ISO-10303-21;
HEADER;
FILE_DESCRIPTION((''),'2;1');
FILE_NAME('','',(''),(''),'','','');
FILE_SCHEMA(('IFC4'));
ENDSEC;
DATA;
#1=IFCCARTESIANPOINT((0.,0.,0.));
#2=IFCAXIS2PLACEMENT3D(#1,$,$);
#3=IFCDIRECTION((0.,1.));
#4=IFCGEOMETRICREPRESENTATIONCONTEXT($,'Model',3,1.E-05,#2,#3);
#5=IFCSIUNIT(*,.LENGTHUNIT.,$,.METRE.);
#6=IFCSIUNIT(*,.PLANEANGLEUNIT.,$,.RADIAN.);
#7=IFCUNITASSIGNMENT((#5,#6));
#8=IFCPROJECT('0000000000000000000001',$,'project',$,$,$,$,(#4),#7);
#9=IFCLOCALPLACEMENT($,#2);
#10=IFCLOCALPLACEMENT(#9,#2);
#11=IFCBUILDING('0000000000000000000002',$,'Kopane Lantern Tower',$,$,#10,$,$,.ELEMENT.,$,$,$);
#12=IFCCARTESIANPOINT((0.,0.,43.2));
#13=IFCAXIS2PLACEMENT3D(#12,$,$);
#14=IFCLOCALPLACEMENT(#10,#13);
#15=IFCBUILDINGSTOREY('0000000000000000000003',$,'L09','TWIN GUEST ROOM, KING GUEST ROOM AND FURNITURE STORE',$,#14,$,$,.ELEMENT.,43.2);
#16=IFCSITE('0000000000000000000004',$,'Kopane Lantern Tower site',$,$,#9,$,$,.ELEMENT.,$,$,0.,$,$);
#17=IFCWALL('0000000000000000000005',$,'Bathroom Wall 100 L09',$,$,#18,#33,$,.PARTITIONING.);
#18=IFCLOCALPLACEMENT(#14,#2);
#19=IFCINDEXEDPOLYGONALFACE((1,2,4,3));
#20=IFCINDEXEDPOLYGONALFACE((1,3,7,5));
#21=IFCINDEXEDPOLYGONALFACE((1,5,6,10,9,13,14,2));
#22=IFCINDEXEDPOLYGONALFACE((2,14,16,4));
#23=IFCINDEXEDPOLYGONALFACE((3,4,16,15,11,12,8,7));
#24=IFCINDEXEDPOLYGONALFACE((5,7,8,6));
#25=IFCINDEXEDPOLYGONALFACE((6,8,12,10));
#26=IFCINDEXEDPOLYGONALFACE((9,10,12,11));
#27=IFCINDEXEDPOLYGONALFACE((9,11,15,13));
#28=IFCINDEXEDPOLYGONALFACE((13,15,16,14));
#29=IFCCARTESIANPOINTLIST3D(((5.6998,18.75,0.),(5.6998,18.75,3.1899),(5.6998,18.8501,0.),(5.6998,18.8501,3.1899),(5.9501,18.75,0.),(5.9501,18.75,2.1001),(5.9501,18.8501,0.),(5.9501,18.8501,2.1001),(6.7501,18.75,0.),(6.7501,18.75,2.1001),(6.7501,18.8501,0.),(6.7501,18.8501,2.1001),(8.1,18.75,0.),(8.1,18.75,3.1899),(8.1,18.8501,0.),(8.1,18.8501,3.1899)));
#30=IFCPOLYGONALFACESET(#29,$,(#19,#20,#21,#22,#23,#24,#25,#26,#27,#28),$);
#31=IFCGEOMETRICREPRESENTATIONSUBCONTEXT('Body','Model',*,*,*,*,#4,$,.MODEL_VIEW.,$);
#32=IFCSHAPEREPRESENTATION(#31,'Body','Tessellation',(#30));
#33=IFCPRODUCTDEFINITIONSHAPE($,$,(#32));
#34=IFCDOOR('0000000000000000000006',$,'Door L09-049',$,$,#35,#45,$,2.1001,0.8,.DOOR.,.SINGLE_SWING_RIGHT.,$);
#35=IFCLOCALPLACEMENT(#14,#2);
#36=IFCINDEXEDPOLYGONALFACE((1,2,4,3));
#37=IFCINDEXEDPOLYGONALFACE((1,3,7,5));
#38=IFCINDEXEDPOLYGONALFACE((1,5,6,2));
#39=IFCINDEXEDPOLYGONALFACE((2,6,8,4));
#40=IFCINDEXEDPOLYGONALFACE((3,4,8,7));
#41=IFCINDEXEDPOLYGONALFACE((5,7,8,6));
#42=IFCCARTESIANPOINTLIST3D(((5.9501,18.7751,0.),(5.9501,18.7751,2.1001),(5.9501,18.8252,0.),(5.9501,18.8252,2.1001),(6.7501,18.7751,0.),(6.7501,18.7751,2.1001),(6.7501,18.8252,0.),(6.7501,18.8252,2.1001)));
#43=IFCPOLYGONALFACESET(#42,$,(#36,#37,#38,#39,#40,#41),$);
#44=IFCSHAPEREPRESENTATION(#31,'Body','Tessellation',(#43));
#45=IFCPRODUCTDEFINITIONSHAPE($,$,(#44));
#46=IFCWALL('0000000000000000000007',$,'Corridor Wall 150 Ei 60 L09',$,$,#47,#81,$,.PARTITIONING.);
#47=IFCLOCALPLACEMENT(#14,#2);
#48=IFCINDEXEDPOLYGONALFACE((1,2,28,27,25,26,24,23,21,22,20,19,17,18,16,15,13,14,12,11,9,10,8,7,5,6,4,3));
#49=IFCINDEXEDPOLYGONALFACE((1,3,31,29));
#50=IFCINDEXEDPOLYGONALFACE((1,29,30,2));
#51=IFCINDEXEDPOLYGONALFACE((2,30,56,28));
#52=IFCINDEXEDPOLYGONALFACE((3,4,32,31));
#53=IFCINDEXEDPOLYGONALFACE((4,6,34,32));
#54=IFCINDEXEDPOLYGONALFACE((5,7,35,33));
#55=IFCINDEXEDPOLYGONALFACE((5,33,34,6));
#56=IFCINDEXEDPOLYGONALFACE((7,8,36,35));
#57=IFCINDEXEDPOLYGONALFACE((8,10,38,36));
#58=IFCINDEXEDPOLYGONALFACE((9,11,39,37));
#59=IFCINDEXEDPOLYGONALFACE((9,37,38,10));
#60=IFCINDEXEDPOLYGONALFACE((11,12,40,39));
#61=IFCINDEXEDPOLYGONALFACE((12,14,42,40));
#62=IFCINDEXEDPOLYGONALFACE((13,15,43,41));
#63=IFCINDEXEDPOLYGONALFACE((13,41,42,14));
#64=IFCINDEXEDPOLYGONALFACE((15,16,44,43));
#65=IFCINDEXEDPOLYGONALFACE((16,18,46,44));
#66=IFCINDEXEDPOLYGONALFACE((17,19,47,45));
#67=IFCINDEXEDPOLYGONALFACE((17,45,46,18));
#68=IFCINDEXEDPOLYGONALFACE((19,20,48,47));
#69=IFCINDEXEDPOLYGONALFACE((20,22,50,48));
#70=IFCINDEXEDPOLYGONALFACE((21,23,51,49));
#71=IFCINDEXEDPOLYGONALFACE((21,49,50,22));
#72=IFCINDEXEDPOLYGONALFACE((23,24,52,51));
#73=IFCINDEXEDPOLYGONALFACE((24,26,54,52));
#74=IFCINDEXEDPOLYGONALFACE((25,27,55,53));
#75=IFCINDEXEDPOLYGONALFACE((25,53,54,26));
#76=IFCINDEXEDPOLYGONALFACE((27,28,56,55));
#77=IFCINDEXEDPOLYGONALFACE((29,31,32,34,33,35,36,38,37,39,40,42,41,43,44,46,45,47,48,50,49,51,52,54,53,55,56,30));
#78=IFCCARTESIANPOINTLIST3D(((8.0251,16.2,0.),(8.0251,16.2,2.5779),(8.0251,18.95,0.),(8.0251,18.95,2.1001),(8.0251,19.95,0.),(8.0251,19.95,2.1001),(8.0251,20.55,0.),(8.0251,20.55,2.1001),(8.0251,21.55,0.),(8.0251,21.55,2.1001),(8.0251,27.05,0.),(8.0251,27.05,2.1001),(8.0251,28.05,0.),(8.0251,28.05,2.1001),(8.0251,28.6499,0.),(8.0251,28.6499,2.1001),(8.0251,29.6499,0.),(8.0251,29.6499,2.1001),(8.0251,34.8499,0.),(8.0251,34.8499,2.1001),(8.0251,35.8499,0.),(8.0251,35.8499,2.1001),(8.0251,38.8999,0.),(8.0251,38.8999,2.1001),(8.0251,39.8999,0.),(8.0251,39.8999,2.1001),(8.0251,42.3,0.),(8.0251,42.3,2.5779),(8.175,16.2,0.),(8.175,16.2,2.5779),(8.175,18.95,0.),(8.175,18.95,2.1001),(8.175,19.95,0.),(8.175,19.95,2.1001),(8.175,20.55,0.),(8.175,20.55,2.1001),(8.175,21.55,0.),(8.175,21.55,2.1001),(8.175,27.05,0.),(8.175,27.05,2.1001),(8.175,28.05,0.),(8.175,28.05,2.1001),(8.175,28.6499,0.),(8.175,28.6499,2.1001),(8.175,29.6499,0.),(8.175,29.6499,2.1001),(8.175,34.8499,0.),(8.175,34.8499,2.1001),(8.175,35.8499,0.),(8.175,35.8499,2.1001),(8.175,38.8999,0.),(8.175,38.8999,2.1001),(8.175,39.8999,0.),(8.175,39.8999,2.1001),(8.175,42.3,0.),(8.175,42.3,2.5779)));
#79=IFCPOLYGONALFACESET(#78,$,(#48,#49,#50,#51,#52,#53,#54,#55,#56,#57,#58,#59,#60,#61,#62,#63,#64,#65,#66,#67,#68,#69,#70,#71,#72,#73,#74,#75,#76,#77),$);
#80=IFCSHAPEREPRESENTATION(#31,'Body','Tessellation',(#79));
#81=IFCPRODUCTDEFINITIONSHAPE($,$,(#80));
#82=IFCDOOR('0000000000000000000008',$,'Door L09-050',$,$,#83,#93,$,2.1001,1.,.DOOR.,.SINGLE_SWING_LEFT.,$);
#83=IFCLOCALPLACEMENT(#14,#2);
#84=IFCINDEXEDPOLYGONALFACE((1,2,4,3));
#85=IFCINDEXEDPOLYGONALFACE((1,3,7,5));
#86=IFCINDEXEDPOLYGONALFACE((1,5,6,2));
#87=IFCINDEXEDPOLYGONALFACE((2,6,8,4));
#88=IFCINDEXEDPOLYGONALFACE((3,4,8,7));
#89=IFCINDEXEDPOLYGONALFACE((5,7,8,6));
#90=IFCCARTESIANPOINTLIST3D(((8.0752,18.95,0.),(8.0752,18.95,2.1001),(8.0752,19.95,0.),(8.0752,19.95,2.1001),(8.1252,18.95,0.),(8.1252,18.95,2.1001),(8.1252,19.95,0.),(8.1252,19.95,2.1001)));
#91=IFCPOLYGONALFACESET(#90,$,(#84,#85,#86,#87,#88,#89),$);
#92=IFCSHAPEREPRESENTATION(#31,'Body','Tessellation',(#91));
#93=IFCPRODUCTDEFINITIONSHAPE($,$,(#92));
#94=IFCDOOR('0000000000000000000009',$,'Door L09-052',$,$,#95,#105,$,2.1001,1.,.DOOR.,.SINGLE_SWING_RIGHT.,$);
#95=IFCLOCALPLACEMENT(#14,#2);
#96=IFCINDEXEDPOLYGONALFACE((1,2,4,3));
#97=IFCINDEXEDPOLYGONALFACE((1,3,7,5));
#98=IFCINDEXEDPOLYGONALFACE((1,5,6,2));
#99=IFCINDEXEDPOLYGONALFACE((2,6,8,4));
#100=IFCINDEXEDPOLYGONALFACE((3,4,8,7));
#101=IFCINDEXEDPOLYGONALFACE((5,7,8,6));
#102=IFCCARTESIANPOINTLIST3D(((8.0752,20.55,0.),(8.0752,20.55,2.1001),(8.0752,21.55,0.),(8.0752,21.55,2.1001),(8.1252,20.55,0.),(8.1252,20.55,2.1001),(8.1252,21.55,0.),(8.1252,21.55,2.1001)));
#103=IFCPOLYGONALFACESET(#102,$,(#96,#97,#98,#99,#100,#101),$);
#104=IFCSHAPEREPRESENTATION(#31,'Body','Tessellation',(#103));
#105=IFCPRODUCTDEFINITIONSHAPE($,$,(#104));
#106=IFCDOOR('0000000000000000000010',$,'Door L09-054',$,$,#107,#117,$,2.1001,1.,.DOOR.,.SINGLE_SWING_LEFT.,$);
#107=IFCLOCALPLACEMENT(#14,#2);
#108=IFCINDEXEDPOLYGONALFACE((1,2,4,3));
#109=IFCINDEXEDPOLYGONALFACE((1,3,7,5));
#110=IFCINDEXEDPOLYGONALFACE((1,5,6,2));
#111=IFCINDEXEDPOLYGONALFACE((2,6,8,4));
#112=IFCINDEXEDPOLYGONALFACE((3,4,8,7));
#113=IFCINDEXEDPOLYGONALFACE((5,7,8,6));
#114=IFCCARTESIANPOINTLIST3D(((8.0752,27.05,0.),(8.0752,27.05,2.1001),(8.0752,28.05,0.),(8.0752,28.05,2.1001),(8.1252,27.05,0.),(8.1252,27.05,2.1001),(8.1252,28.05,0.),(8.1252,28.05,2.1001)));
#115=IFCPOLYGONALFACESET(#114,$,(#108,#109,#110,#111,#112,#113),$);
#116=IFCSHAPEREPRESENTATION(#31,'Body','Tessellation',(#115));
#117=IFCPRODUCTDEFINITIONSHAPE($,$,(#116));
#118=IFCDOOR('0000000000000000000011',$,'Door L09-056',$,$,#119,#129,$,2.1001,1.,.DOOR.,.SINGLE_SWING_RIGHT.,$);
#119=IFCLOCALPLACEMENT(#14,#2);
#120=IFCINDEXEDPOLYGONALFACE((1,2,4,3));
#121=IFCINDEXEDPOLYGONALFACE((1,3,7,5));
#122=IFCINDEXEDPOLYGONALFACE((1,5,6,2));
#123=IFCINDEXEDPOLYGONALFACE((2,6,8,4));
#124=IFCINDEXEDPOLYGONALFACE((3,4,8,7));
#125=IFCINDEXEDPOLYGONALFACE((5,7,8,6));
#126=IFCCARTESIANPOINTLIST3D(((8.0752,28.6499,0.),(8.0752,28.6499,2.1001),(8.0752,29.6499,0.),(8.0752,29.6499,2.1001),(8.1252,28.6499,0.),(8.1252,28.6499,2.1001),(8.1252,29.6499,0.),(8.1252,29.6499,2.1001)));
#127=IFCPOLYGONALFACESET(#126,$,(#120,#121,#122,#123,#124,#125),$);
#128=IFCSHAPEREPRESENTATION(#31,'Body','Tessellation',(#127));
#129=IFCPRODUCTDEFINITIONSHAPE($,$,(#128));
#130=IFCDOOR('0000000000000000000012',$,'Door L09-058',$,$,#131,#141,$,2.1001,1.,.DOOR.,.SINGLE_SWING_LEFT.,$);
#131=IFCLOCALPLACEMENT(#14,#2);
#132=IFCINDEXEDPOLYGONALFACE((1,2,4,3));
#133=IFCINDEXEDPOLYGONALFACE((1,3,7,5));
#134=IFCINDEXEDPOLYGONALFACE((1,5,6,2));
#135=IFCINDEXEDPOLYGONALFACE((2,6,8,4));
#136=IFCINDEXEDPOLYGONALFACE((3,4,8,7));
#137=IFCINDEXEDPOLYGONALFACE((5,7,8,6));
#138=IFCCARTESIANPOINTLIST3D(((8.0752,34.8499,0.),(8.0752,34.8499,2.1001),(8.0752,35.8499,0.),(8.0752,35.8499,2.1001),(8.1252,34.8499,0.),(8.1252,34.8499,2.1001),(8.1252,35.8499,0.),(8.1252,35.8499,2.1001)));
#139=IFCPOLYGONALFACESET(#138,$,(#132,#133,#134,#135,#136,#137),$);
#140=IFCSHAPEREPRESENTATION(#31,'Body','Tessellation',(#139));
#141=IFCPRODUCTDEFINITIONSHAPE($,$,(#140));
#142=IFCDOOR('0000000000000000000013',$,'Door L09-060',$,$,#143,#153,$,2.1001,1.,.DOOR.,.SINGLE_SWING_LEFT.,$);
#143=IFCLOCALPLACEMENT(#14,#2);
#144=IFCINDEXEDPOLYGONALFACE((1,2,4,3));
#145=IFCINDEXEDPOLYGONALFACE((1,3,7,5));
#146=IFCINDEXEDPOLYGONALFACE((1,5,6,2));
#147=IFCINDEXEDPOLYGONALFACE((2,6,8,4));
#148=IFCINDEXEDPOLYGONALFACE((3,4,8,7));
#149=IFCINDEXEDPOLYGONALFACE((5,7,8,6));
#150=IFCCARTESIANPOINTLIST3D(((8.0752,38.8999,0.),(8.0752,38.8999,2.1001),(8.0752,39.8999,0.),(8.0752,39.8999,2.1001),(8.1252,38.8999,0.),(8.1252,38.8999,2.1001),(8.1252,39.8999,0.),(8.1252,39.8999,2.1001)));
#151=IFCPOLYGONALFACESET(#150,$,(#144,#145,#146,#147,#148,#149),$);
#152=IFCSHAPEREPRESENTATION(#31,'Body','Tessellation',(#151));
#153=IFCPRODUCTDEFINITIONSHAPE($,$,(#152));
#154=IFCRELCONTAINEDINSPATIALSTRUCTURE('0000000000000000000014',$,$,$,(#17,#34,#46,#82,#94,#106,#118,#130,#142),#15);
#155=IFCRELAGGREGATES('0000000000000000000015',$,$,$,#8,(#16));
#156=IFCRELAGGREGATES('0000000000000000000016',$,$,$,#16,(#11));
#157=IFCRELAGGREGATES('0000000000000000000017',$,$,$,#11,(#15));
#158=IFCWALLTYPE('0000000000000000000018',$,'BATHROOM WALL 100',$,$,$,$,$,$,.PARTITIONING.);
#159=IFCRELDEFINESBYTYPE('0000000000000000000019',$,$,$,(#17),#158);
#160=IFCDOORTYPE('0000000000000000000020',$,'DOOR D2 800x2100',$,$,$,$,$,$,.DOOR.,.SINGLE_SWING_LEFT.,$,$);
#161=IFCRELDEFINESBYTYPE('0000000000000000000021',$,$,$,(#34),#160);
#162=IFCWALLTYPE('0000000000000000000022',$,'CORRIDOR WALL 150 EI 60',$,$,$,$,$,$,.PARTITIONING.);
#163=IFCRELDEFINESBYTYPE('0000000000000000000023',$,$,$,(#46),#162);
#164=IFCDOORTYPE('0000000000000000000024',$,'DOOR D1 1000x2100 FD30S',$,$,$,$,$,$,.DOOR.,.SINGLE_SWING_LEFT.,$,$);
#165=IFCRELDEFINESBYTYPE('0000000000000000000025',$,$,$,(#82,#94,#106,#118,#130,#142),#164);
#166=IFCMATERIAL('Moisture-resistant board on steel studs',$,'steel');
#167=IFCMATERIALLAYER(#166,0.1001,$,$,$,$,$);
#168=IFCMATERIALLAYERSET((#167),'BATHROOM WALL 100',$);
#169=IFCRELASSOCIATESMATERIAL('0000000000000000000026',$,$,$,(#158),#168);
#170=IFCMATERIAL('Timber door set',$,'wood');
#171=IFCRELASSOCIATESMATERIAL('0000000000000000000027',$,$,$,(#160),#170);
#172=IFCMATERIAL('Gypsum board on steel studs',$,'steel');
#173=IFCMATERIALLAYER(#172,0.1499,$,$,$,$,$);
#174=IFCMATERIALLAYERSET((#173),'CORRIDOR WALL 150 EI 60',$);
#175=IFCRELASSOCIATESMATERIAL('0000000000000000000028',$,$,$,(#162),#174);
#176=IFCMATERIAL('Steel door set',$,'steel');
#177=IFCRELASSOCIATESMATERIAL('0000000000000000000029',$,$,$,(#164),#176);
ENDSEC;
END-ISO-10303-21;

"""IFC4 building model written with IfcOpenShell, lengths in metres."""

from ifc_helpers import new_model, si_unit, direction, frame, frame_2d, origin, place, context, subcontext, project, spatial, rectangle, extrude, material, layer, layer_set, type_object, element, fill, save


model = new_model("IFC4")

# Units and contexts
model_context = context("Model", 3, precision=1e-05, world=origin(), true_north=direction((0.0, 1.0)))
body_context = subcontext(model_context, "Body", "Model", "MODEL_VIEW")
ifc_project = project(units=[si_unit("LENGTHUNIT", "METRE"), si_unit("PLANEANGLEUNIT", "RADIAN")], contexts=[model_context])

# Site, building, storey
site_placement = place(None, origin())
site = spatial("IfcSite", under=ifc_project, at=site_placement, Name="Kopane Lantern Tower site", CompositionType="ELEMENT", RefElevation=0.0)
building_placement = place(site_placement, origin())
building = spatial("IfcBuilding", under=site, at=building_placement, Name="Kopane Lantern Tower", CompositionType="ELEMENT")
storey_placement = place(building_placement, frame((0.0, 0.0, 43.2)))
storey = spatial("IfcBuildingStorey", under=building, at=storey_placement, Name="L09", Description="TWIN GUEST ROOM, KING GUEST ROOM AND FURNITURE STORE", CompositionType="ELEMENT", Elevation=43.2)

# Wall, opening, door
ifc_material_1 = material(Name="Moisture-resistant board on steel studs", Category="steel")
ifc_layer_1 = layer(ifc_material_1, 0.1001)
ifc_layer_set_1 = layer_set([ifc_layer_1], Name="BATHROOM WALL 100")
wall_type_1 = type_object("IfcWallType", Name="BATHROOM WALL 100", PredefinedType="PARTITIONING", material=ifc_layer_set_1)
wall_1_placement = place(storey_placement, frame((8.1001, 18.8, 0.0), z_axis=(0.0, 0.0, 1.0), x_axis=(-1.0, 0.0, 0.0)))
wall_1 = element("IfcWall", 1, at=wall_1_placement, inside=storey, type_object=wall_type_1, Name="Bathroom Wall 100 L09", PredefinedType="PARTITIONING", context=body_context, shape_type="SweptSolid", body=[
    extrude(rectangle(XDim=2.4001, YDim=0.1001, at=frame_2d((1.2002, 0.0))), origin(), (0.0, 0.0, 1.0), 3.1899),
])
opening_1_placement = place(wall_1_placement, frame((1.3501, 0.0, 0.0)))
opening_1 = element("IfcOpeningElement", 2, at=opening_1_placement, cuts=wall_1, PredefinedType="OPENING", context=body_context, shape_type="SweptSolid", body=[
    extrude(rectangle(XDim=0.8, YDim=2.1001, at=frame_2d((0.3999, 1.05))), frame((0.0, 0.0601, 0.0), z_axis=(0.0, -1.0, 0.0), x_axis=(1.0, 0.0, 0.0)), (0.0, 0.0, 1.0), 0.1201),
])
ifc_material_2 = material(Name="Timber door set", Category="wood")
door_type_1 = type_object("IfcDoorType", Name="DOOR D2 800x2100", OperationType="SINGLE_SWING_LEFT", PredefinedType="DOOR", material=ifc_material_2)
door_1_placement = place(opening_1_placement, origin())
door_1 = element("IfcDoor", 3, at=door_1_placement, inside=storey, type_object=door_type_1, Name="Door L09-049", OperationType="SINGLE_SWING_RIGHT", OverallHeight=2.1001, OverallWidth=0.8, PredefinedType="DOOR", context=body_context, shape_type="SweptSolid", body=[
    extrude(rectangle(XDim=0.8, YDim=2.1001, at=frame_2d((0.3999, 1.05))), frame((0.0, 0.0249, 0.0), z_axis=(0.0, -1.0, 0.0), x_axis=(1.0, 0.0, 0.0)), (0.0, 0.0, 1.0), 0.05),
])
fill(opening_1, door_1)

# Wall, openings, doors
ifc_material_3 = material(Name="Gypsum board on steel studs", Category="steel")
ifc_layer_2 = layer(ifc_material_3, 0.1499)
ifc_layer_set_2 = layer_set([ifc_layer_2], Name="CORRIDOR WALL 150 EI 60")
wall_type_2 = type_object("IfcWallType", Name="CORRIDOR WALL 150 EI 60", PredefinedType="PARTITIONING", material=ifc_layer_set_2)
ifc_material_4 = material(Name="Steel door set", Category="steel")
door_type_2 = type_object("IfcDoorType", Name="DOOR D1 1000x2100 FD30S", OperationType="SINGLE_SWING_LEFT", PredefinedType="DOOR", material=ifc_material_4)
wall_2_placement = place(storey_placement, frame((8.1001, 16.2, 0.0), z_axis=(0.0, 0.0, 1.0), x_axis=(0.0, 1.0, 0.0)))
wall_2 = element("IfcWall", 4, at=wall_2_placement, inside=storey, type_object=wall_type_2, Name="Corridor Wall 150 Ei 60 L09", PredefinedType="PARTITIONING", context=body_context, shape_type="SweptSolid", body=[
    extrude(rectangle(XDim=26.1001, YDim=0.1499, at=frame_2d((13.05, 0.0))), origin(), (0.0, 0.0, 1.0), 2.5779),
])
opening_2_placement = place(wall_2_placement, frame((2.75, 0.0, 0.0)))
opening_2 = element("IfcOpeningElement", 5, at=opening_2_placement, cuts=wall_2, PredefinedType="OPENING", context=body_context, shape_type="SweptSolid", body=[
    extrude(rectangle(XDim=1.0, YDim=2.1001, at=frame_2d((0.5, 1.05))), frame((0.0, 0.085, 0.0), z_axis=(0.0, -1.0, 0.0), x_axis=(1.0, 0.0, 0.0)), (0.0, 0.0, 1.0), 0.1699),
])
opening_3_placement = place(wall_2_placement, frame((4.3501, 0.0, 0.0)))
opening_3 = element("IfcOpeningElement", 6, at=opening_3_placement, cuts=wall_2, PredefinedType="OPENING", context=body_context, shape_type="SweptSolid", body=[
    extrude(rectangle(XDim=1.0, YDim=2.1001, at=frame_2d((0.5, 1.05))), frame((0.0, 0.085, 0.0), z_axis=(0.0, -1.0, 0.0), x_axis=(1.0, 0.0, 0.0)), (0.0, 0.0, 1.0), 0.1699),
])
opening_4_placement = place(wall_2_placement, frame((10.8501, 0.0, 0.0)))
opening_4 = element("IfcOpeningElement", 7, at=opening_4_placement, cuts=wall_2, PredefinedType="OPENING", context=body_context, shape_type="SweptSolid", body=[
    extrude(rectangle(XDim=1.0, YDim=2.1001, at=frame_2d((0.5, 1.05))), frame((0.0, 0.085, 0.0), z_axis=(0.0, -1.0, 0.0), x_axis=(1.0, 0.0, 0.0)), (0.0, 0.0, 1.0), 0.1699),
])
opening_5_placement = place(wall_2_placement, frame((12.45, 0.0, 0.0)))
opening_5 = element("IfcOpeningElement", 8, at=opening_5_placement, cuts=wall_2, PredefinedType="OPENING", context=body_context, shape_type="SweptSolid", body=[
    extrude(rectangle(XDim=1.0, YDim=2.1001, at=frame_2d((0.5, 1.05))), frame((0.0, 0.085, 0.0), z_axis=(0.0, -1.0, 0.0), x_axis=(1.0, 0.0, 0.0)), (0.0, 0.0, 1.0), 0.1699),
])
opening_6_placement = place(wall_2_placement, frame((18.6499, 0.0, 0.0)))
opening_6 = element("IfcOpeningElement", 9, at=opening_6_placement, cuts=wall_2, PredefinedType="OPENING", context=body_context, shape_type="SweptSolid", body=[
    extrude(rectangle(XDim=1.0, YDim=2.1001, at=frame_2d((0.5, 1.05))), frame((0.0, 0.085, 0.0), z_axis=(0.0, -1.0, 0.0), x_axis=(1.0, 0.0, 0.0)), (0.0, 0.0, 1.0), 0.1699),
])
opening_7_placement = place(wall_2_placement, frame((22.7, 0.0, 0.0)))
opening_7 = element("IfcOpeningElement", 10, at=opening_7_placement, cuts=wall_2, PredefinedType="OPENING", context=body_context, shape_type="SweptSolid", body=[
    extrude(rectangle(XDim=1.0, YDim=2.1001, at=frame_2d((0.5, 1.05))), frame((0.0, 0.085, 0.0), z_axis=(0.0, -1.0, 0.0), x_axis=(1.0, 0.0, 0.0)), (0.0, 0.0, 1.0), 0.1699),
])
door_2_placement = place(opening_2_placement, origin())
door_2 = element("IfcDoor", 11, at=door_2_placement, inside=storey, type_object=door_type_2, Name="Door L09-050", OperationType="SINGLE_SWING_LEFT", OverallHeight=2.1001, OverallWidth=1.0, PredefinedType="DOOR", context=body_context, shape_type="SweptSolid", body=[
    extrude(rectangle(XDim=1.0, YDim=2.1001, at=frame_2d((0.5, 1.05))), frame((0.0, 0.0249, 0.0), z_axis=(0.0, -1.0, 0.0), x_axis=(1.0, 0.0, 0.0)), (0.0, 0.0, 1.0), 0.05),
])
fill(opening_2, door_2)
door_3_placement = place(opening_3_placement, origin())
door_3 = element("IfcDoor", 12, at=door_3_placement, inside=storey, type_object=door_type_2, Name="Door L09-052", OperationType="SINGLE_SWING_RIGHT", OverallHeight=2.1001, OverallWidth=1.0, PredefinedType="DOOR", context=body_context, shape_type="SweptSolid", body=[
    extrude(rectangle(XDim=1.0, YDim=2.1001, at=frame_2d((0.5, 1.05))), frame((0.0, 0.0249, 0.0), z_axis=(0.0, -1.0, 0.0), x_axis=(1.0, 0.0, 0.0)), (0.0, 0.0, 1.0), 0.05),
])
fill(opening_3, door_3)
door_4_placement = place(opening_4_placement, origin())
door_4 = element("IfcDoor", 13, at=door_4_placement, inside=storey, type_object=door_type_2, Name="Door L09-054", OperationType="SINGLE_SWING_LEFT", OverallHeight=2.1001, OverallWidth=1.0, PredefinedType="DOOR", context=body_context, shape_type="SweptSolid", body=[
    extrude(rectangle(XDim=1.0, YDim=2.1001, at=frame_2d((0.5, 1.05))), frame((0.0, 0.0249, 0.0), z_axis=(0.0, -1.0, 0.0), x_axis=(1.0, 0.0, 0.0)), (0.0, 0.0, 1.0), 0.05),
])
fill(opening_4, door_4)
door_5_placement = place(opening_5_placement, origin())
door_5 = element("IfcDoor", 14, at=door_5_placement, inside=storey, type_object=door_type_2, Name="Door L09-056", OperationType="SINGLE_SWING_RIGHT", OverallHeight=2.1001, OverallWidth=1.0, PredefinedType="DOOR", context=body_context, shape_type="SweptSolid", body=[
    extrude(rectangle(XDim=1.0, YDim=2.1001, at=frame_2d((0.5, 1.05))), frame((0.0, 0.0249, 0.0), z_axis=(0.0, -1.0, 0.0), x_axis=(1.0, 0.0, 0.0)), (0.0, 0.0, 1.0), 0.05),
])
fill(opening_5, door_5)
door_6_placement = place(opening_6_placement, origin())
door_6 = element("IfcDoor", 15, at=door_6_placement, inside=storey, type_object=door_type_2, Name="Door L09-058", OperationType="SINGLE_SWING_LEFT", OverallHeight=2.1001, OverallWidth=1.0, PredefinedType="DOOR", context=body_context, shape_type="SweptSolid", body=[
    extrude(rectangle(XDim=1.0, YDim=2.1001, at=frame_2d((0.5, 1.05))), frame((0.0, 0.0249, 0.0), z_axis=(0.0, -1.0, 0.0), x_axis=(1.0, 0.0, 0.0)), (0.0, 0.0, 1.0), 0.05),
])
fill(opening_6, door_6)
door_7_placement = place(opening_7_placement, origin())
door_7 = element("IfcDoor", 16, at=door_7_placement, inside=storey, type_object=door_type_2, Name="Door L09-060", OperationType="SINGLE_SWING_LEFT", OverallHeight=2.1001, OverallWidth=1.0, PredefinedType="DOOR", context=body_context, shape_type="SweptSolid", body=[
    extrude(rectangle(XDim=1.0, YDim=2.1001, at=frame_2d((0.5, 1.05))), frame((0.0, 0.0249, 0.0), z_axis=(0.0, -1.0, 0.0), x_axis=(1.0, 0.0, 0.0)), (0.0, 0.0, 1.0), 0.05),
])
fill(opening_7, door_7)

save(model, "model.ifc")
